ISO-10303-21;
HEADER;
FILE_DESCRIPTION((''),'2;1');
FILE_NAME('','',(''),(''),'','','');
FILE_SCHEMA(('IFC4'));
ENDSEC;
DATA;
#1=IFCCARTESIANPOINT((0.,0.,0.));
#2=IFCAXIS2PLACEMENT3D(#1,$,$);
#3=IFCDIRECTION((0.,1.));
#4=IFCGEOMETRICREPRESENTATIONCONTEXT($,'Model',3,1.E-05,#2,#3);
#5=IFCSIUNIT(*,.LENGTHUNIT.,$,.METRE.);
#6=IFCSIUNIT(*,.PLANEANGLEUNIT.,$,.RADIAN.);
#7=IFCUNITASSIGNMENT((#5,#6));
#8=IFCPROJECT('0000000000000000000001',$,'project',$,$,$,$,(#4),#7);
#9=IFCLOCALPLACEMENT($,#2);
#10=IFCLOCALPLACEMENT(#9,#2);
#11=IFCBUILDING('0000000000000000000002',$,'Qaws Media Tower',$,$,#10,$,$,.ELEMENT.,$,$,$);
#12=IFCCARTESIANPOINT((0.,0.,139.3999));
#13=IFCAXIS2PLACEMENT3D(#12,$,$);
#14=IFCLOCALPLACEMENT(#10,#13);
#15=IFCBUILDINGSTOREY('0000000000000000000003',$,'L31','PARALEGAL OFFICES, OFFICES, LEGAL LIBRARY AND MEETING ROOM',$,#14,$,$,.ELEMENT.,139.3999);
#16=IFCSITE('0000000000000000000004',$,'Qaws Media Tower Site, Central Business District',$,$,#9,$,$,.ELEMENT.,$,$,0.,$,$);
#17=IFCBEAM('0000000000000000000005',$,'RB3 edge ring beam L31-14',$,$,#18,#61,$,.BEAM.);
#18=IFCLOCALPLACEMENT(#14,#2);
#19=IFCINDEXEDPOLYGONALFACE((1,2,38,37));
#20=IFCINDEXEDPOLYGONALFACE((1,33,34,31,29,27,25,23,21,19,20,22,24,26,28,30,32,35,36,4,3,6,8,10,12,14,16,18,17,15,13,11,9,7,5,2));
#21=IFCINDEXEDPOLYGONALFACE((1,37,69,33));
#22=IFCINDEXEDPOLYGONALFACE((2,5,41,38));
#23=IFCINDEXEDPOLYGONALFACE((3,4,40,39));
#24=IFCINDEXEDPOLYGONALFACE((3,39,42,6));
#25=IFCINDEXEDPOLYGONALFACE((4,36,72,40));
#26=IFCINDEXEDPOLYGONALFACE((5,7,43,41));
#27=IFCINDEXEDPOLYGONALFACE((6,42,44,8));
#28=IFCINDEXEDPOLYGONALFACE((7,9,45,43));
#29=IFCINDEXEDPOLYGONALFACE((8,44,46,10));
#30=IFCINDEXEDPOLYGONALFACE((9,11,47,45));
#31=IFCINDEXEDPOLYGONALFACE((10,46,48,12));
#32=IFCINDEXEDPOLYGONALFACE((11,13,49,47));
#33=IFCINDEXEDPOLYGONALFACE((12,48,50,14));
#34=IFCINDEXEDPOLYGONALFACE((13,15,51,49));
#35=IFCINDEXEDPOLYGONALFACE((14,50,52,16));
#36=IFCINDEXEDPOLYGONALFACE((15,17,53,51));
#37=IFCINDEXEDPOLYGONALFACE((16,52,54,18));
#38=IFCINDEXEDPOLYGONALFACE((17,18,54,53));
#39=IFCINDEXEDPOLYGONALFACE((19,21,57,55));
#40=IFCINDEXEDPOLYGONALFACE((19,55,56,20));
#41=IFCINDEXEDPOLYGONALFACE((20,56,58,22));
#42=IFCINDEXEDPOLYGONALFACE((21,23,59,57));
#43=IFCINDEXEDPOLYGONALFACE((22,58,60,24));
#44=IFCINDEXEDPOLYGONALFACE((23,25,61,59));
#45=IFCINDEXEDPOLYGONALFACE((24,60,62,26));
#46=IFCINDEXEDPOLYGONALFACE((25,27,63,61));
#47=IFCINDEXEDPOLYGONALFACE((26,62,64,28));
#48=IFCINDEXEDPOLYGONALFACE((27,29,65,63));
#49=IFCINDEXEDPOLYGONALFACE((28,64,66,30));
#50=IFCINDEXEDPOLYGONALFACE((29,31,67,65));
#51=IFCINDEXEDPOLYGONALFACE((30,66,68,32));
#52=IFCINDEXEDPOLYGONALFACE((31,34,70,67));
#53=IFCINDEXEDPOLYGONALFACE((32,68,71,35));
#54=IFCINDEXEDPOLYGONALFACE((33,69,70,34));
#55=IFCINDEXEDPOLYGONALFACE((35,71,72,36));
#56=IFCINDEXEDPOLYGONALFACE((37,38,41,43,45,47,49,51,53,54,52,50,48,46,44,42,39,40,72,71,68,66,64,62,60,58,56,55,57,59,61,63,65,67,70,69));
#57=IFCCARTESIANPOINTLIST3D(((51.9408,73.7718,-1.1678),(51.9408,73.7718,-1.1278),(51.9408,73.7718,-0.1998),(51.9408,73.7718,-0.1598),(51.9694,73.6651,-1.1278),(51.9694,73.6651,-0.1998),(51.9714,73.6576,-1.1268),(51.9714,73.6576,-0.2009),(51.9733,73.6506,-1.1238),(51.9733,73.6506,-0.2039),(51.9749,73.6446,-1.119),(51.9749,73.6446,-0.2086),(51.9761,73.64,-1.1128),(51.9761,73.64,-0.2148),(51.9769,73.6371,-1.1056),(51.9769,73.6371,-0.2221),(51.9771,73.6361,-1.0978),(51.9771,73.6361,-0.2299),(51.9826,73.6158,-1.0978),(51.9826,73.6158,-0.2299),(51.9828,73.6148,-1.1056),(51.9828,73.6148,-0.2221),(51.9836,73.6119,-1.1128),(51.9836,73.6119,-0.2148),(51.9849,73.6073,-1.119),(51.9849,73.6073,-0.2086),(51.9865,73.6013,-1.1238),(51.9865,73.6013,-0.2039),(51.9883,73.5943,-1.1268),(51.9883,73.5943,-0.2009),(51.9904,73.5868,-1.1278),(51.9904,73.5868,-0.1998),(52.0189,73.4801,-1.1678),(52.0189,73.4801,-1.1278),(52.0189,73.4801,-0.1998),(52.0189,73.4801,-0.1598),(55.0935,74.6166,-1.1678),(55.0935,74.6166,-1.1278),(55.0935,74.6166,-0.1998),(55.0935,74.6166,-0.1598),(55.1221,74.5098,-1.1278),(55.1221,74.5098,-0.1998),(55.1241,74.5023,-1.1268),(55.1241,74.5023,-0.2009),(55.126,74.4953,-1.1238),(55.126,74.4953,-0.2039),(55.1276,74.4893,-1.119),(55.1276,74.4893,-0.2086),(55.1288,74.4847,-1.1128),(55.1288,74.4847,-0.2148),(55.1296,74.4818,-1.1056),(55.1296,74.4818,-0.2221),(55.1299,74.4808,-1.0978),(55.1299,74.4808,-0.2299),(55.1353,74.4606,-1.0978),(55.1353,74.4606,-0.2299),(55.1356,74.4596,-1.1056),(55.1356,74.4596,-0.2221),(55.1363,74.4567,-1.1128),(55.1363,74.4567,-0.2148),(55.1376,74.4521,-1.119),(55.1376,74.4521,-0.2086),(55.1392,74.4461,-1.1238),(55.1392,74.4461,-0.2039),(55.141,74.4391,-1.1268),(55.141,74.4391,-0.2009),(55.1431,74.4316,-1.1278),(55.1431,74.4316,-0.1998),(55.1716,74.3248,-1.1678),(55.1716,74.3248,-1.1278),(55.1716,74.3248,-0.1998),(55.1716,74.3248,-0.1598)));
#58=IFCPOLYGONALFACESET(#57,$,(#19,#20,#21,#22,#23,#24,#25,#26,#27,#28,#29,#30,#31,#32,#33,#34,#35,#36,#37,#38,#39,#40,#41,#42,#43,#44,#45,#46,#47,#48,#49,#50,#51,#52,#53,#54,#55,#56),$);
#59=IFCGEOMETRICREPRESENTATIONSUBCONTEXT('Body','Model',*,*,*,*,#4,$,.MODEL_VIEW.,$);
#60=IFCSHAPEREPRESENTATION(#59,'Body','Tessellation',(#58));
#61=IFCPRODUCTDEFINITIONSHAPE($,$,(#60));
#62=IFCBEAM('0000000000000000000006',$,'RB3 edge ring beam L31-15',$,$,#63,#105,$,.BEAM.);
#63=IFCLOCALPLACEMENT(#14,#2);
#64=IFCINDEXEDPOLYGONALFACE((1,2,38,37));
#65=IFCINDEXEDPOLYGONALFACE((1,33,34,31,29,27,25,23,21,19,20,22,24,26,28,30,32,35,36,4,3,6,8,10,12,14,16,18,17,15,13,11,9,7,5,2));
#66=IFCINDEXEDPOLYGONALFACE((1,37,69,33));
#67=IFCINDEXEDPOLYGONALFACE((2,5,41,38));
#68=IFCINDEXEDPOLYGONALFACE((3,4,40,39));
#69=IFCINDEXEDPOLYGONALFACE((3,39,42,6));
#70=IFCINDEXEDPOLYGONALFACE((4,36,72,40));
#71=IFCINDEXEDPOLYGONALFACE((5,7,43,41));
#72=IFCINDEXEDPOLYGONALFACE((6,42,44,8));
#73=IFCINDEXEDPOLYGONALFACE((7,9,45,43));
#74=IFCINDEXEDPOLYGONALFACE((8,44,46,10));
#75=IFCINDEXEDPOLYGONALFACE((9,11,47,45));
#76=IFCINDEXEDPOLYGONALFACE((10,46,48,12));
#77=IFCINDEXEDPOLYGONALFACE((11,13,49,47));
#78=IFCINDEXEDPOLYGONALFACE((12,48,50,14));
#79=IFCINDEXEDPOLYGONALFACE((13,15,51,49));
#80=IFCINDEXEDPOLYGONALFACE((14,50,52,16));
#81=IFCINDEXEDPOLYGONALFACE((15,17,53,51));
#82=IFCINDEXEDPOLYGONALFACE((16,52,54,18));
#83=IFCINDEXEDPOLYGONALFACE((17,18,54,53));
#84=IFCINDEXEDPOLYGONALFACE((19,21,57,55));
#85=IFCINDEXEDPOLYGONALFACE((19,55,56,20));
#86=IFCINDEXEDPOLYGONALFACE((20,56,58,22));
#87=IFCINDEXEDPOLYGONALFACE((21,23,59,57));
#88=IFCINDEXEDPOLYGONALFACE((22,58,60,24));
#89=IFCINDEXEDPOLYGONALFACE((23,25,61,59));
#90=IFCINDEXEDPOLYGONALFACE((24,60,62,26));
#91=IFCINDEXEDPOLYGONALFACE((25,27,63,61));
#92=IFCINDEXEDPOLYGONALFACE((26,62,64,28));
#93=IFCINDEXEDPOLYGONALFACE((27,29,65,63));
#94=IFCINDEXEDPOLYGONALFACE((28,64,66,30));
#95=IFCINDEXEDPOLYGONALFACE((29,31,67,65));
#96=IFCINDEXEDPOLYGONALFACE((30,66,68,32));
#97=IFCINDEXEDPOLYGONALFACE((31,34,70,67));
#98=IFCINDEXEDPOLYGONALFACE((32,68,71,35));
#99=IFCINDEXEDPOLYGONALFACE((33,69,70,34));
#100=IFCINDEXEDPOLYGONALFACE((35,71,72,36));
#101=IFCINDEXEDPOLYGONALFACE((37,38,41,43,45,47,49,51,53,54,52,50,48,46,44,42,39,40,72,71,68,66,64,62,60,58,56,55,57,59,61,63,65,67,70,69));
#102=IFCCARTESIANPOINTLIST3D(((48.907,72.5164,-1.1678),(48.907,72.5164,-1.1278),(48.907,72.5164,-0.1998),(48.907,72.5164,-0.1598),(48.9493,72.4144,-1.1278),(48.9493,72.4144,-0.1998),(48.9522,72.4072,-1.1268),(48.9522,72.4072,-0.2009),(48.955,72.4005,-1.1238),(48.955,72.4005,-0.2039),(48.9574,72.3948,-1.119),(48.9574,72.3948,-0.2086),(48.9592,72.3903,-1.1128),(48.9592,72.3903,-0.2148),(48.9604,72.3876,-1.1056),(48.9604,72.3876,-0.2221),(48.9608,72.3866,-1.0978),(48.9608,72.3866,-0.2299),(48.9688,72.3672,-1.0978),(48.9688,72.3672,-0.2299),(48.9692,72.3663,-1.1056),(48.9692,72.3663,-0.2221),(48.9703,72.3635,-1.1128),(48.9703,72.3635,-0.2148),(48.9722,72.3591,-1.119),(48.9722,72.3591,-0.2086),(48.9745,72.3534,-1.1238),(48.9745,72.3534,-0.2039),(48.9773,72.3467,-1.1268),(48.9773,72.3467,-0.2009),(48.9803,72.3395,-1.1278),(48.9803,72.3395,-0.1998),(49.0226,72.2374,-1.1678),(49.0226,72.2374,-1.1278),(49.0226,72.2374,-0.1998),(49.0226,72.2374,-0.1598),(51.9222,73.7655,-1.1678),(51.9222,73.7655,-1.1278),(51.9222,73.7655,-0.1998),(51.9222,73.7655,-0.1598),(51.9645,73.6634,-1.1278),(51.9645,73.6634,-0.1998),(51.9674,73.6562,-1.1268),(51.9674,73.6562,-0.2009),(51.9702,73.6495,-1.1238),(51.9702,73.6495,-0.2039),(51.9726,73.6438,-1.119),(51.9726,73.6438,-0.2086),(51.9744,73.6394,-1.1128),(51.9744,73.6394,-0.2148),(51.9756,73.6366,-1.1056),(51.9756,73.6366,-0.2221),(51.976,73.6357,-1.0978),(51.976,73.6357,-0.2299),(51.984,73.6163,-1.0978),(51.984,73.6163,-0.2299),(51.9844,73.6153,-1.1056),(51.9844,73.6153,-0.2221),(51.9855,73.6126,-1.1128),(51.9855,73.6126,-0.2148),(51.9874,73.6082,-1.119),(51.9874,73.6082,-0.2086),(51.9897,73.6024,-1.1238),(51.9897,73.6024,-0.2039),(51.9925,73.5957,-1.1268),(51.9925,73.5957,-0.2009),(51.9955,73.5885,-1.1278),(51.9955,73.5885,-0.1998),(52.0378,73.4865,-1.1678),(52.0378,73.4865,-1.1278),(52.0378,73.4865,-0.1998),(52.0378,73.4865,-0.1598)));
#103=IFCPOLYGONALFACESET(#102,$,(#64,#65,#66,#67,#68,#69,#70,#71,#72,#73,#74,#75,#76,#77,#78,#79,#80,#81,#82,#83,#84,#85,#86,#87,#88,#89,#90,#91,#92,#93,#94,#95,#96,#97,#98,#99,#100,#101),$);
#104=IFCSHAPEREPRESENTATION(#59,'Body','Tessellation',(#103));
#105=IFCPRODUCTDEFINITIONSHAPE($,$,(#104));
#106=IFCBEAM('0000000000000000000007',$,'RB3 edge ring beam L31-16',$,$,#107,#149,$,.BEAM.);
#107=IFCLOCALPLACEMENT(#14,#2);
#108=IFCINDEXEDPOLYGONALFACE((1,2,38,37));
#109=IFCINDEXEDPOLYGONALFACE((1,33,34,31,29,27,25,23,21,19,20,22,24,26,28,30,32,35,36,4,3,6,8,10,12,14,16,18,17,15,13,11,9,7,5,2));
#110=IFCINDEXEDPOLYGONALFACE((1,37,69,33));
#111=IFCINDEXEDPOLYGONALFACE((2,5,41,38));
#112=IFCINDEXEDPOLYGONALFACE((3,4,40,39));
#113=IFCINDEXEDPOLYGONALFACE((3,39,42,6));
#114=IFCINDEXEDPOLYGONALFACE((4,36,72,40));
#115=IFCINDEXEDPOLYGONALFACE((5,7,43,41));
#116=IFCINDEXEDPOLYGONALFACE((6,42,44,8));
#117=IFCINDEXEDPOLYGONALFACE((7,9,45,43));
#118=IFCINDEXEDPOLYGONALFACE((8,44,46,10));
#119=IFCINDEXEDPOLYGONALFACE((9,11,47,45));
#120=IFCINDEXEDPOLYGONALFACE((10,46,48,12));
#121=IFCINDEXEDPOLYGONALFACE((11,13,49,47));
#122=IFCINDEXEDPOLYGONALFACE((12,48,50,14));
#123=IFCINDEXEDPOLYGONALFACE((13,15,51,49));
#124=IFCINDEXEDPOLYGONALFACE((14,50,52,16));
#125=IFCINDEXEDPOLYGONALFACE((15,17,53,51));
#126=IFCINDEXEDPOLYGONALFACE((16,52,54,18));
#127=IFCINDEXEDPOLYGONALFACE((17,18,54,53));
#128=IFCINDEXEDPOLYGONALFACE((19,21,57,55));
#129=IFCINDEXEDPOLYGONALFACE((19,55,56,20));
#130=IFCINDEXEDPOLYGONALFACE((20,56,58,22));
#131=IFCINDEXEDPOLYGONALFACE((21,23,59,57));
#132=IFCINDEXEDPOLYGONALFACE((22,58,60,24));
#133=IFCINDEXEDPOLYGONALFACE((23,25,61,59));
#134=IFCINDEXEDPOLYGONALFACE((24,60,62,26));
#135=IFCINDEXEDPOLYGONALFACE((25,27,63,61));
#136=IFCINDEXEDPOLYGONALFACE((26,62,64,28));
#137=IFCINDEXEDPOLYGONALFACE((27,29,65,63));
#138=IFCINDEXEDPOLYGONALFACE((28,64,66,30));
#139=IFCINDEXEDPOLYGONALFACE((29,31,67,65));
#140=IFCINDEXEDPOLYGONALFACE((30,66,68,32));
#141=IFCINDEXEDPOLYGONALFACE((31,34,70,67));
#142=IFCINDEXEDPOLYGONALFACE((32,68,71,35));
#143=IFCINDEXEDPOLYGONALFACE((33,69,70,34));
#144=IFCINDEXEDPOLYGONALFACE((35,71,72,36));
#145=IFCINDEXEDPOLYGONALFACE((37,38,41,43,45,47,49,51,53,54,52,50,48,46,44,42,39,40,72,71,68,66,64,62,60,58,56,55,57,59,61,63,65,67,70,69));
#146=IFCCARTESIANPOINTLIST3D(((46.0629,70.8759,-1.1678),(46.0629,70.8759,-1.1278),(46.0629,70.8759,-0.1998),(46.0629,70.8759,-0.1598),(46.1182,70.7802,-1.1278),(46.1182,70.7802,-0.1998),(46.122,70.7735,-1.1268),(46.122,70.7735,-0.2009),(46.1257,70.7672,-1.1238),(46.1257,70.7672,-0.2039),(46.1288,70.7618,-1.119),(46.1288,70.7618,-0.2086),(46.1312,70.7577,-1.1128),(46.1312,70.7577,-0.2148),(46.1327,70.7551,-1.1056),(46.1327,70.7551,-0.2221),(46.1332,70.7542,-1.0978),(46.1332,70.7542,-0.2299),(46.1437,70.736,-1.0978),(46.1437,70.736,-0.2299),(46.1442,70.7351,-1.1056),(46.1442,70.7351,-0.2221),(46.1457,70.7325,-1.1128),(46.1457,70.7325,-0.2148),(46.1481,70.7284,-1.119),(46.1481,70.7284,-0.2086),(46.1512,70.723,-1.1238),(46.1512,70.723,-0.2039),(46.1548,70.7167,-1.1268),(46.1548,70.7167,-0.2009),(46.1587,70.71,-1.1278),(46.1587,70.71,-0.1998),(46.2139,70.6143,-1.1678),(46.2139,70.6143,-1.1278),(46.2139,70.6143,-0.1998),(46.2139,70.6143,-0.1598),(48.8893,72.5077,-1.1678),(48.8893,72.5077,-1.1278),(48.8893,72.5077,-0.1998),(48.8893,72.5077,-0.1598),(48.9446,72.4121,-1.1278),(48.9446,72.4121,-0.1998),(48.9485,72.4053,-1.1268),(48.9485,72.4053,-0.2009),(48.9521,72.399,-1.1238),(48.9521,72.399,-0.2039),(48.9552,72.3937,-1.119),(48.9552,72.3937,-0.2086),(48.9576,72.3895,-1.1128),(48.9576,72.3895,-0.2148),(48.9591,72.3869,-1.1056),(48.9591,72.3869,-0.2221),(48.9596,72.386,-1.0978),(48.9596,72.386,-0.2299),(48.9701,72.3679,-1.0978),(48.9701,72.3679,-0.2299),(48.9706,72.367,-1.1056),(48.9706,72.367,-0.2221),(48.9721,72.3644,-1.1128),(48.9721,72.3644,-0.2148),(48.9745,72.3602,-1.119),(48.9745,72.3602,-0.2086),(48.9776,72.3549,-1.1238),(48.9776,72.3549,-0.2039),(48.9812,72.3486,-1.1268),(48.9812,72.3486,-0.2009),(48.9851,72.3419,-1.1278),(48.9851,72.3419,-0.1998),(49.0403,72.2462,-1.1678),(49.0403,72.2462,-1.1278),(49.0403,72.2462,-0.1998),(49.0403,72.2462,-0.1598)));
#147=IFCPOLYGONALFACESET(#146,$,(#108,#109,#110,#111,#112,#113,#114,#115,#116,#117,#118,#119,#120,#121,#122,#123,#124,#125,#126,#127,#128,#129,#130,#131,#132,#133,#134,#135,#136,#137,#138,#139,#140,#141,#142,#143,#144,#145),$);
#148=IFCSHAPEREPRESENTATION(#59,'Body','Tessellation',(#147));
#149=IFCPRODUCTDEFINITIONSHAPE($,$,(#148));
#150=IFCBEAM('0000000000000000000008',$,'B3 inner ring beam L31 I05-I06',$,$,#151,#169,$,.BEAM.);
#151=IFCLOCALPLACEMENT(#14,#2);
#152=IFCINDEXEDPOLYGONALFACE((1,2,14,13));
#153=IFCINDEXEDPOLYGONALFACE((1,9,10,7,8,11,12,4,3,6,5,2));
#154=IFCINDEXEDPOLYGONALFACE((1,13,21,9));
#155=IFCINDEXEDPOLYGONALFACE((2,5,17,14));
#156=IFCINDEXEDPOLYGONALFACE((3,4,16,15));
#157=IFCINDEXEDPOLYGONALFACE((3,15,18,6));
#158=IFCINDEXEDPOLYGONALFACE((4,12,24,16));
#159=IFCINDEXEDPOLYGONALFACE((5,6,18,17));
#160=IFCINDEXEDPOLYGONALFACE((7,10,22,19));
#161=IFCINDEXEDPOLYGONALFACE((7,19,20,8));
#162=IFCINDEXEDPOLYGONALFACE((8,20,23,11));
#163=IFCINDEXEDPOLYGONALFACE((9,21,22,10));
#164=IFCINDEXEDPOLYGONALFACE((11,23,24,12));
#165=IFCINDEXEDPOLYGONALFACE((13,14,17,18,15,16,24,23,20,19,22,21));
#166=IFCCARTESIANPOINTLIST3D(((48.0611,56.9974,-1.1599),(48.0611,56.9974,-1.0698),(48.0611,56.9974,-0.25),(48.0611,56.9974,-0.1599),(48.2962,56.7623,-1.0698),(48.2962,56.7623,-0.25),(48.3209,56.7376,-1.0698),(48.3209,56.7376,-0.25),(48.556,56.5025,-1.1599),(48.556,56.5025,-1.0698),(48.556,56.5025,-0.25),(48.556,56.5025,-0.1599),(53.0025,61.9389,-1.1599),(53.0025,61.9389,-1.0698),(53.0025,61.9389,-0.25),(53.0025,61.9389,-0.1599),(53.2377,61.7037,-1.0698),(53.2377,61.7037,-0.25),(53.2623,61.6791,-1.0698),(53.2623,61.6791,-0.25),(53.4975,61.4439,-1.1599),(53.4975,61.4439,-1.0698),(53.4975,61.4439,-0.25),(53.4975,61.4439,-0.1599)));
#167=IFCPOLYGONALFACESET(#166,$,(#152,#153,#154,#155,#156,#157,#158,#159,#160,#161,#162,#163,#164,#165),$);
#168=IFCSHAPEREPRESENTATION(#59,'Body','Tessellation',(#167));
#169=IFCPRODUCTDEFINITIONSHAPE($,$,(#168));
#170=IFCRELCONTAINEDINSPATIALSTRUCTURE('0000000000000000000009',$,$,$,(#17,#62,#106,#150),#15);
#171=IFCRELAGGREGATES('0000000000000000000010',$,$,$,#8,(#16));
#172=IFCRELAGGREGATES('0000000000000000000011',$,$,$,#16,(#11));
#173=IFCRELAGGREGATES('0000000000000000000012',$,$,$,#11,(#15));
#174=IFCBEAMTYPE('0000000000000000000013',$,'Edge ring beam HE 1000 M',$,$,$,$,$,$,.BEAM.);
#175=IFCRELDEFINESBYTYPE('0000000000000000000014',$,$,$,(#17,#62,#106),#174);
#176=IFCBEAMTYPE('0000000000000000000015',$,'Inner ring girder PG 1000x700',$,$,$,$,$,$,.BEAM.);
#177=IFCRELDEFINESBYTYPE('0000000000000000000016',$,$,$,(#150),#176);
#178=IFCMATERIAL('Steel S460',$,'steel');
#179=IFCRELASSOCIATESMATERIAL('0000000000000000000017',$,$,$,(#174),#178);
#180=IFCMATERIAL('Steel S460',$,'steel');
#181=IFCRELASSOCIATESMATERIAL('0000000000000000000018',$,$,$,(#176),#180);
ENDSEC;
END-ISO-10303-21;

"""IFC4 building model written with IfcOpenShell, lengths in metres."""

from ifc_helpers import new_model, si_unit, direction, frame, origin, origin_2d, place, context, subcontext, project, spatial, i_section, extrude, material, material_profile, profile_set, type_object, element, save


model = new_model("IFC4")

# Units and contexts
model_context = context("Model", 3, precision=1e-05, world=origin(), true_north=direction((0.0, 1.0)))
body_context = subcontext(model_context, "Body", "Model", "MODEL_VIEW")
ifc_project = project(units=[si_unit("LENGTHUNIT", "METRE"), si_unit("PLANEANGLEUNIT", "RADIAN")], contexts=[model_context])

# Site, building, storey
site_placement = place(None, origin())
site = spatial("IfcSite", under=ifc_project, at=site_placement, Name="Qaws Media Tower Site, Central Business District", CompositionType="ELEMENT", RefElevation=0.0)
building_placement = place(site_placement, origin())
building = spatial("IfcBuilding", under=site, at=building_placement, Name="Qaws Media Tower", CompositionType="ELEMENT")
storey_placement = place(building_placement, frame((0.0, 0.0, 139.3999)))
storey = spatial("IfcBuildingStorey", under=building, at=storey_placement, Name="L31", Description="PARALEGAL OFFICES, OFFICES, LEGAL LIBRARY AND MEETING ROOM", CompositionType="ELEMENT", Elevation=139.3999)

# Beams
ifc_material_1 = material(Name="Steel S460", Category="steel")
ifc_material_profile_1 = material_profile(ifc_material_1, i_section(OverallWidth=0.302, OverallDepth=1.0081, WebThickness=0.021, FlangeThickness=0.04, FilletRadius=0.03, at=origin_2d()), Name="HE 1000 M")
ifc_profile_set_1 = profile_set([ifc_material_profile_1], Name="Steel S460")
beam_type_1 = type_object("IfcBeamType", Name="Edge ring beam HE 1000 M", PredefinedType="BEAM", material=ifc_profile_set_1)
beam_1_placement = place(storey_placement, frame((55.1326, 74.4707, -0.6638), z_axis=(-0.965926, -0.258817, 0.0), x_axis=(0.258817, -0.965926, 0.0)))
element("IfcBeam", 1, at=beam_1_placement, inside=storey, type_object=beam_type_1, Name="RB3 edge ring beam L31-14", PredefinedType="BEAM", context=body_context, shape_type="SweptSolid", body=[
    extrude(i_section(OverallWidth=0.302, OverallDepth=1.0081, WebThickness=0.021, FlangeThickness=0.04, FilletRadius=0.03, at=origin_2d()), origin(), (0.0, 0.0, 1.0), 3.2639),
])
for number, where, z_axis, x_axis, name in (
    (2, (51.98, 73.626, -0.6638), (-0.923867, -0.382713, 0.0), (0.382713, -0.923867, 0.0), "RB3 edge ring beam L31-15"),
    (3, (48.9648, 72.377, -0.6638), (-0.866025, -0.500001, 0.0), (0.500001, -0.866025, 0.0), "RB3 edge ring beam L31-16"),
):
    element("IfcBeam", number, at=place(storey_placement, frame(where, z_axis=z_axis, x_axis=x_axis)), inside=storey, type_object=beam_type_1, Name=name, PredefinedType="BEAM", context=body_context, shape_type="SweptSolid", body=[
        extrude(i_section(OverallWidth=0.302, OverallDepth=1.0081, WebThickness=0.021, FlangeThickness=0.04, FilletRadius=0.03, at=origin_2d()), origin(), (0.0, 0.0, 1.0), 3.2637),
    ])
ifc_material_2 = material(Name="Steel S460", Category="steel")
ifc_material_profile_2 = material_profile(ifc_material_2, i_section(OverallWidth=0.7, OverallDepth=1.0, WebThickness=0.0349, FlangeThickness=0.0901, at=origin_2d()), Name="PG 1000x700")
ifc_profile_set_2 = profile_set([ifc_material_profile_2], Name="Steel S460")
beam_type_2 = type_object("IfcBeamType", Name="Inner ring girder PG 1000x700", PredefinedType="BEAM", material=ifc_profile_set_2)
beam_2_placement = place(storey_placement, frame((53.25, 61.6914, -0.6599), z_axis=(-0.707107, -0.707107, 0.0), x_axis=(0.707107, -0.707107, 0.0)))
element("IfcBeam", 4, at=beam_2_placement, inside=storey, type_object=beam_type_2, Name="B3 inner ring beam L31 I05-I06", PredefinedType="BEAM", context=body_context, shape_type="SweptSolid", body=[
    extrude(i_section(OverallWidth=0.7, OverallDepth=1.0, WebThickness=0.0349, FlangeThickness=0.0901, at=origin_2d()), origin(), (0.0, 0.0, 1.0), 6.9883),
])

save(model, "model.ifc")
